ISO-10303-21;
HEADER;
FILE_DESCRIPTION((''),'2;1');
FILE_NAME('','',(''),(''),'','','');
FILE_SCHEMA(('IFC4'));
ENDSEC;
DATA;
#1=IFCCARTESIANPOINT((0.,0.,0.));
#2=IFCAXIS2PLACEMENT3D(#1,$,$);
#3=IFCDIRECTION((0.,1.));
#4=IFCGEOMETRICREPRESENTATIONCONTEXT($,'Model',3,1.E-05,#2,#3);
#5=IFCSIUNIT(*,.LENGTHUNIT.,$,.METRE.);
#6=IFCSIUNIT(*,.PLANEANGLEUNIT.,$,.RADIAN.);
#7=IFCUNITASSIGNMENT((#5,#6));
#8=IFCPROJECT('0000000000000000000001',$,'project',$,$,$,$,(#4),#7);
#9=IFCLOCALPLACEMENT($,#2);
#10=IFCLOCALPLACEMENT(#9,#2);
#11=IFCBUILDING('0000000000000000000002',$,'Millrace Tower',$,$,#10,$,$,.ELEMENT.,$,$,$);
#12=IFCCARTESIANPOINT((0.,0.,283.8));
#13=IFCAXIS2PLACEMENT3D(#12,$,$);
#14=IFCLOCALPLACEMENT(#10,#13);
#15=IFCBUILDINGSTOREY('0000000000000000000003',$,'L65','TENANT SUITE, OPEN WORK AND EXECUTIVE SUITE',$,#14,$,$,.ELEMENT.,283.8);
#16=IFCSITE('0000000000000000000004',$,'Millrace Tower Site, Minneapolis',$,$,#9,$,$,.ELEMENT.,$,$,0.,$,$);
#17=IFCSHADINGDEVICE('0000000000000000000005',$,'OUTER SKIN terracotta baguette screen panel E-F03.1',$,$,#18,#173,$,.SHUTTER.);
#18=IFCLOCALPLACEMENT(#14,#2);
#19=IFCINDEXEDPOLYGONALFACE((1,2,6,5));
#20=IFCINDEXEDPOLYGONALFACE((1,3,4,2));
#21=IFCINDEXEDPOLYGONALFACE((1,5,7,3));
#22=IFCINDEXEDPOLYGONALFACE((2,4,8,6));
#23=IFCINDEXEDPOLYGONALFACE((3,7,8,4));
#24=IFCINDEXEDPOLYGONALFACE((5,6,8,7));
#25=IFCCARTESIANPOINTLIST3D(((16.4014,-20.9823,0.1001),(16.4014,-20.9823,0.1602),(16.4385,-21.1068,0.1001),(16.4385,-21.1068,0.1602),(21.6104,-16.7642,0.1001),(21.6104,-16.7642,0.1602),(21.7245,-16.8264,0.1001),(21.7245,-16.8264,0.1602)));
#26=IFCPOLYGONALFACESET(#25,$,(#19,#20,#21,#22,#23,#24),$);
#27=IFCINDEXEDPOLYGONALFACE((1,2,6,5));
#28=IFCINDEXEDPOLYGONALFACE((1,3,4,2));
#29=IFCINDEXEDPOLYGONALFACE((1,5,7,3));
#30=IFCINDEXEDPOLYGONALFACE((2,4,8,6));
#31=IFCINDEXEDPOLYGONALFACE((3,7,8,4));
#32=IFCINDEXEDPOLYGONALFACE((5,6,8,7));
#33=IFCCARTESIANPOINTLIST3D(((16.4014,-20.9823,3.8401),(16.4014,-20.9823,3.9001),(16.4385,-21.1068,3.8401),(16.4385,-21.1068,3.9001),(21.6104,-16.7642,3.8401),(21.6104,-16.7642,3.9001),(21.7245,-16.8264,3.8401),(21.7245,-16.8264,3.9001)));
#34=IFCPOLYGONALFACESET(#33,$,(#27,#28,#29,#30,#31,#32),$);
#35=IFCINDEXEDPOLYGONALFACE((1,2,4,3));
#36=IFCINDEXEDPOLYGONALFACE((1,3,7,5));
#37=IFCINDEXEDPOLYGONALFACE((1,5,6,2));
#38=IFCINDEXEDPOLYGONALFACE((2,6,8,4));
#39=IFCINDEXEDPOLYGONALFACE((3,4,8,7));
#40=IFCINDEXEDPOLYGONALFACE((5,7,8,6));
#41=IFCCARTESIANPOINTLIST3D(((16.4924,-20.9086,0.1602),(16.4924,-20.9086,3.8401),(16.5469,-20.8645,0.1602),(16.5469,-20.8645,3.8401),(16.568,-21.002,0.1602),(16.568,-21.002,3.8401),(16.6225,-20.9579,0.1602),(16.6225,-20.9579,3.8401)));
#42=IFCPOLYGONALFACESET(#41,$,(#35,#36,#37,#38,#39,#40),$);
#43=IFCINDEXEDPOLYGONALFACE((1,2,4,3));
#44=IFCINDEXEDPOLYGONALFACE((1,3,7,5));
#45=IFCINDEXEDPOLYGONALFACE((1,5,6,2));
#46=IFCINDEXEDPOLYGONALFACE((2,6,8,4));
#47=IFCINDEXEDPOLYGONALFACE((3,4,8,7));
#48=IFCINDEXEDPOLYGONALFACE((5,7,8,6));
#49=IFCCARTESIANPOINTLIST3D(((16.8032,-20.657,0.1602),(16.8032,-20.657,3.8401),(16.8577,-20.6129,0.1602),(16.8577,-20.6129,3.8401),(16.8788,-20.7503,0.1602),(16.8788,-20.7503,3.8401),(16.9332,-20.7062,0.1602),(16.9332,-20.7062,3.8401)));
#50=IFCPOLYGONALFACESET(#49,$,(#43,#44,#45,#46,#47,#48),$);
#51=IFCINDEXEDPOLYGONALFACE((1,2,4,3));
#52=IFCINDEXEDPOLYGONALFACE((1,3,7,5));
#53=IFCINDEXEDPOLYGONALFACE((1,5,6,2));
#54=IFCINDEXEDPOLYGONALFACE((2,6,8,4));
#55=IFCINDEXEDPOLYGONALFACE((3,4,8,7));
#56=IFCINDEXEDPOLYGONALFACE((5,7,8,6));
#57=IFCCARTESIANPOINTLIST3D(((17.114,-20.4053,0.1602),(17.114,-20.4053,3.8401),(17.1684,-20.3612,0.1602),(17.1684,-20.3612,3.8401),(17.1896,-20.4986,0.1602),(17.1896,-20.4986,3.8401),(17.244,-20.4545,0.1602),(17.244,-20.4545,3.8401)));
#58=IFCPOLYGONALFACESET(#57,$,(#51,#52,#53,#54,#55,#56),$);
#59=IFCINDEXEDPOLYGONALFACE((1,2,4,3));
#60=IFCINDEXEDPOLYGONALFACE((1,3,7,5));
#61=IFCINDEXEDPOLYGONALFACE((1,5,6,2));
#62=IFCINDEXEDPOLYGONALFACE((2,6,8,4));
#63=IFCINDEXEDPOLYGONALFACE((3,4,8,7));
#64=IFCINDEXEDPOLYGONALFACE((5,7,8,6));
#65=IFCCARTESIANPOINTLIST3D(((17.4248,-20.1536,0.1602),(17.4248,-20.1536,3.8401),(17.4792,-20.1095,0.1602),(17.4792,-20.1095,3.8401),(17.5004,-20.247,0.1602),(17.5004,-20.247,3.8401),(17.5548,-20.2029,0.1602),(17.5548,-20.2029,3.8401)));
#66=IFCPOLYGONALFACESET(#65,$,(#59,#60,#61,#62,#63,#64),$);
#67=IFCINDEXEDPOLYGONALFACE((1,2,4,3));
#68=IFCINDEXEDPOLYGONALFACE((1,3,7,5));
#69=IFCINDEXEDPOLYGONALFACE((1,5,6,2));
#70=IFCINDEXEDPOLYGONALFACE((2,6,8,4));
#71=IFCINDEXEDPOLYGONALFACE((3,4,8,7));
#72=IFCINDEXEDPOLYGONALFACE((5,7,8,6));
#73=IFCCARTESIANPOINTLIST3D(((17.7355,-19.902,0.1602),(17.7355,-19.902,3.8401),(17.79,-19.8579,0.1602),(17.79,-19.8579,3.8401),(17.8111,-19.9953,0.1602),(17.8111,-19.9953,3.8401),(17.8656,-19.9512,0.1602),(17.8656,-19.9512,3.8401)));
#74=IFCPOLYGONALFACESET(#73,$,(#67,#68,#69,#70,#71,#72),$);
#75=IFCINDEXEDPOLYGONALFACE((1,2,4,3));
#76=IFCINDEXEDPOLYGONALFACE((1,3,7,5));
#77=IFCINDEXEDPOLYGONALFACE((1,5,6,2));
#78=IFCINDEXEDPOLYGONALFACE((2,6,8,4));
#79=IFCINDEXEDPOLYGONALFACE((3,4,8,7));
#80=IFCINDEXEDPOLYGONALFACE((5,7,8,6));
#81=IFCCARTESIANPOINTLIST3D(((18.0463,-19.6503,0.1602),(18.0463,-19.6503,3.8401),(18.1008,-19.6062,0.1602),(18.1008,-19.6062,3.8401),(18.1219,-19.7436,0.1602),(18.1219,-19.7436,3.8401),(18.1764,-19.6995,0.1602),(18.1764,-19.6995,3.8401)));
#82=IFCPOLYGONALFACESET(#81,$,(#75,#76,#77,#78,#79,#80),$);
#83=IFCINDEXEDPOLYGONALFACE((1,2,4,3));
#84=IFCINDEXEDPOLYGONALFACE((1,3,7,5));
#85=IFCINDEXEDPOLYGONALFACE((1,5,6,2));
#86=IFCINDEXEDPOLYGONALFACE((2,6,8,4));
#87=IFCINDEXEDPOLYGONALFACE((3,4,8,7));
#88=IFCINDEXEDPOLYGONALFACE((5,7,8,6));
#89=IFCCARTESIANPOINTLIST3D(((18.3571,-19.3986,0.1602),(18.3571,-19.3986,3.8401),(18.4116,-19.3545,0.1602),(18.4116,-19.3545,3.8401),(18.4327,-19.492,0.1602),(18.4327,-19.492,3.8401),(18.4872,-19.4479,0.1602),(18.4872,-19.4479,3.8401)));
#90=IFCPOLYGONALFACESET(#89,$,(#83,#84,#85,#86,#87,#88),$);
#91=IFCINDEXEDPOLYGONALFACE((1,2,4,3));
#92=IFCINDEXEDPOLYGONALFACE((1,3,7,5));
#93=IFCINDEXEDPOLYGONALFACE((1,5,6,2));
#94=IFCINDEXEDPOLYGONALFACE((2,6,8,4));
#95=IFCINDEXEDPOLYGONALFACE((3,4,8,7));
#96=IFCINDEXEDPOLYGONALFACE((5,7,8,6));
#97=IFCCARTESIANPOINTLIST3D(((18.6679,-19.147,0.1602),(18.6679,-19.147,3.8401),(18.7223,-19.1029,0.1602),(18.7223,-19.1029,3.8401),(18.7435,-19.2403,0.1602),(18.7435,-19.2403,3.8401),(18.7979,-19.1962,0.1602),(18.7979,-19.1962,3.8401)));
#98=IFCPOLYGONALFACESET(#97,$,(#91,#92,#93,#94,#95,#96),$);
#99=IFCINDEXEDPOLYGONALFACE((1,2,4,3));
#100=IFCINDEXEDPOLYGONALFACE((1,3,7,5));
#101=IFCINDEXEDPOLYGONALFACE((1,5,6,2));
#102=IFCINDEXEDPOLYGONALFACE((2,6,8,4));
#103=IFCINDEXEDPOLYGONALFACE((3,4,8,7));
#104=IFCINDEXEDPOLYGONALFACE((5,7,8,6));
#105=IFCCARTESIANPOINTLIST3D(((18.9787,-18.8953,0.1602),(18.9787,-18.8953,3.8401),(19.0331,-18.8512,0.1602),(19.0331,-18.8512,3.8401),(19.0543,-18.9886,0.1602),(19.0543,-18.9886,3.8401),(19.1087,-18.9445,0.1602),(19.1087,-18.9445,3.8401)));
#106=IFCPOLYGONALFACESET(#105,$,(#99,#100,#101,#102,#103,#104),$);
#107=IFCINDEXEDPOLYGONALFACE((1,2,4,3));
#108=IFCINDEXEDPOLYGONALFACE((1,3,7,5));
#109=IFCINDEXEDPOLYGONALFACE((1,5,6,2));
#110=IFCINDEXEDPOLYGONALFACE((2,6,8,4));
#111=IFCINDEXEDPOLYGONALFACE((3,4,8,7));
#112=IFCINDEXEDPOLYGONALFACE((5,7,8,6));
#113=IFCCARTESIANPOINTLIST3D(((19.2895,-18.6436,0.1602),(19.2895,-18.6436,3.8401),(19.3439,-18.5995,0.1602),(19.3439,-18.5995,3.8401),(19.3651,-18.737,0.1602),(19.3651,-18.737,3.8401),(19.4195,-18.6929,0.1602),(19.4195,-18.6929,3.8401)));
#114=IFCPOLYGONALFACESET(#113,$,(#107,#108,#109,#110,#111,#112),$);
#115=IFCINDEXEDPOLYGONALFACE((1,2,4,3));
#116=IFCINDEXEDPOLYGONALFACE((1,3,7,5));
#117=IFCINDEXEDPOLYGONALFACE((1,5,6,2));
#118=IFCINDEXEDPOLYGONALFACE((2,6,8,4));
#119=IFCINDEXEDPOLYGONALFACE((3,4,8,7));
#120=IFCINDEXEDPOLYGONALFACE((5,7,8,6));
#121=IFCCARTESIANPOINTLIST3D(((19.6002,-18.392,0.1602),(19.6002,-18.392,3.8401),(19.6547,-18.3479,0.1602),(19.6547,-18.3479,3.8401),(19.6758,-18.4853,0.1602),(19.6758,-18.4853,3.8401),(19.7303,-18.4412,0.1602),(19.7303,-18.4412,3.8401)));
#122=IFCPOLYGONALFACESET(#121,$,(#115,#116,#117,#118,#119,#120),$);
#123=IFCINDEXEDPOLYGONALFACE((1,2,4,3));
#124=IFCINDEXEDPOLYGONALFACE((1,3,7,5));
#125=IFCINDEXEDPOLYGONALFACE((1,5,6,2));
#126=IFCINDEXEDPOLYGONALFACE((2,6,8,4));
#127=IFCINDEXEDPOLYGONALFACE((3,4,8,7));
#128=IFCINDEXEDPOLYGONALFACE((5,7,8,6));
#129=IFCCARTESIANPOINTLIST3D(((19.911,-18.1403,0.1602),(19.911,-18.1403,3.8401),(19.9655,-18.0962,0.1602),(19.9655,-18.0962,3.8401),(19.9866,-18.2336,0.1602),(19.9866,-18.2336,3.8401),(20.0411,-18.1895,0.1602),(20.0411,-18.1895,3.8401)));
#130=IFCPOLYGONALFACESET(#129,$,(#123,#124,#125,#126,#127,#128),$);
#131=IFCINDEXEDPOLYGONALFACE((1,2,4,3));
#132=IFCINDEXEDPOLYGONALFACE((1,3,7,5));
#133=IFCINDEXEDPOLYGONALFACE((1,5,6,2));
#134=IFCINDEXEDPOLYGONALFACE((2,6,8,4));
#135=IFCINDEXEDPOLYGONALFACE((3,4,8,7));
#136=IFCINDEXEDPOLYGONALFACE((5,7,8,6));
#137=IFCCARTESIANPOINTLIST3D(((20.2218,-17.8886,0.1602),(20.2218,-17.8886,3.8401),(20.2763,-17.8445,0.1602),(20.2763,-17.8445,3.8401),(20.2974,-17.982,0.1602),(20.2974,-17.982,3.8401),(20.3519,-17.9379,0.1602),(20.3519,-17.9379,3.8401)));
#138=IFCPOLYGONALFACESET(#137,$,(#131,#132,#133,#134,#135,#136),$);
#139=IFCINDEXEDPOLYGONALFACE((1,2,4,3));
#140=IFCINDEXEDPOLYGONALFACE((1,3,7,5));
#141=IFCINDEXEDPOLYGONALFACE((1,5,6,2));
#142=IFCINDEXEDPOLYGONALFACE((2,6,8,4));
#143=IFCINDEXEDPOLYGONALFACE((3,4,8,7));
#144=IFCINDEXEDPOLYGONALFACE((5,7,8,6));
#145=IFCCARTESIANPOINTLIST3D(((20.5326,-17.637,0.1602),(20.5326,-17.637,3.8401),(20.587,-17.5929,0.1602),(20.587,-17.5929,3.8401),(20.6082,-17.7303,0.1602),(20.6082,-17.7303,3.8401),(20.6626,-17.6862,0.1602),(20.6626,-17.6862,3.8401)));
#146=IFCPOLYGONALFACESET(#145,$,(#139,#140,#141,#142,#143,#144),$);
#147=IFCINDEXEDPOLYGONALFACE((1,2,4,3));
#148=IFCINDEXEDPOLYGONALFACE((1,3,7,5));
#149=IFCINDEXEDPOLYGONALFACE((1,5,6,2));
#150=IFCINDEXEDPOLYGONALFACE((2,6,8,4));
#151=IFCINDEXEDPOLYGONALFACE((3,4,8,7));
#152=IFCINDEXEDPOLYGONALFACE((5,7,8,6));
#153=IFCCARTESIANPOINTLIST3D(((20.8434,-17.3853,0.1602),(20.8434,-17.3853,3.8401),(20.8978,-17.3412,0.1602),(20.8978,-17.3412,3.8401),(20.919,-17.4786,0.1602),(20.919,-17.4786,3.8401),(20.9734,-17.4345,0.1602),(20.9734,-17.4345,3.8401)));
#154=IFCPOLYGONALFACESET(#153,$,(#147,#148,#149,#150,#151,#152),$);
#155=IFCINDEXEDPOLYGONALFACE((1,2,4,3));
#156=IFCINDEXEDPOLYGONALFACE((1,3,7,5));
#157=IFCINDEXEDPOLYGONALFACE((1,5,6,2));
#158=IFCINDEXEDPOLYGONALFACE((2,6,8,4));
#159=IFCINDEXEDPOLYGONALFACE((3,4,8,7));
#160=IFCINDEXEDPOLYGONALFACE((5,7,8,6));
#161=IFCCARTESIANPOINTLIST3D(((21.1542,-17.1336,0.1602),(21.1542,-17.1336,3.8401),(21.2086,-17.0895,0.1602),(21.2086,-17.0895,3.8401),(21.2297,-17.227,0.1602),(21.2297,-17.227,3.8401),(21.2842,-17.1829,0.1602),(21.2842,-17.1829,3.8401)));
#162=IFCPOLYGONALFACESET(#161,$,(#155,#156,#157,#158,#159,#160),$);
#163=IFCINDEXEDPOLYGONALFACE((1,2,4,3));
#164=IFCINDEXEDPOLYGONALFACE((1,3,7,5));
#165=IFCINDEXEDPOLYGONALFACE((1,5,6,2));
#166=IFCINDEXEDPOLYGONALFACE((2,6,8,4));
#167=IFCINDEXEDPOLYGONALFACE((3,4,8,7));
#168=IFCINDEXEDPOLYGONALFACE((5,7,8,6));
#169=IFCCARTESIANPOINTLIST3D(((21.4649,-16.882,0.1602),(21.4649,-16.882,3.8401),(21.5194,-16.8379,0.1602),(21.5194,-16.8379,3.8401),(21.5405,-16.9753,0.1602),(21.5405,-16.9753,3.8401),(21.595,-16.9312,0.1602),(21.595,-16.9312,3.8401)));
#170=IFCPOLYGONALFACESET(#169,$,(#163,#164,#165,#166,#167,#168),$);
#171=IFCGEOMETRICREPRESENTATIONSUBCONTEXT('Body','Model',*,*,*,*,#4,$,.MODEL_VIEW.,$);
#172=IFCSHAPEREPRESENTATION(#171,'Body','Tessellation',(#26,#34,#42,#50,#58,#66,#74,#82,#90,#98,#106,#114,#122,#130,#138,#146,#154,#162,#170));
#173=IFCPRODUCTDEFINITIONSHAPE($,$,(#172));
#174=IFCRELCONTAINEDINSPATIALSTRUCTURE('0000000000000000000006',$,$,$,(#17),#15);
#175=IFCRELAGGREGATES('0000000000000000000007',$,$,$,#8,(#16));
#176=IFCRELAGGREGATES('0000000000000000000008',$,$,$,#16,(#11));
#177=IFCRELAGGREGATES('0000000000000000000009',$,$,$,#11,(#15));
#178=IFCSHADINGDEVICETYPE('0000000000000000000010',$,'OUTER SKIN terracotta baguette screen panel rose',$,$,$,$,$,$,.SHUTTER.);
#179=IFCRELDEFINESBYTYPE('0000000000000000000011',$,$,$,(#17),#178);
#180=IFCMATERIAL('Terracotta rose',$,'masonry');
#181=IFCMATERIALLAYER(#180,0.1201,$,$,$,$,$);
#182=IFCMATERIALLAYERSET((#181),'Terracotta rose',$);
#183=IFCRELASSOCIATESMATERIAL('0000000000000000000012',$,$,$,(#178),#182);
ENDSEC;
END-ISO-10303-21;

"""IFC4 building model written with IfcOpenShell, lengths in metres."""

from ifc_helpers import new_model, entity, si_unit, direction, frame, frame_2d, origin, origin_2d, place, context, subcontext, project, spatial, rectangle, extrude, source, transform, mapped, material, layer, layer_set, type_object, element, save


model = new_model("IFC4")

# Units and contexts
model_context = context("Model", 3, precision=1e-05, world=origin(), true_north=direction((0.0, 1.0)))
body_context = subcontext(model_context, "Body", "Model", "MODEL_VIEW")
ifc_project = project(units=[si_unit("LENGTHUNIT", "METRE"), si_unit("PLANEANGLEUNIT", "RADIAN")], contexts=[model_context])

# Site, building, storey
site_placement = place(None, origin())
site = spatial("IfcSite", under=ifc_project, at=site_placement, Name="Millrace Tower Site, Minneapolis", CompositionType="ELEMENT", RefElevation=0.0)
building_placement = place(site_placement, origin())
building = spatial("IfcBuilding", under=site, at=building_placement, Name="Millrace Tower", CompositionType="ELEMENT")
storey_placement = place(building_placement, frame((0.0, 0.0, 283.8)))
storey = spatial("IfcBuildingStorey", under=building, at=storey_placement, Name="L65", Description="TENANT SUITE, OPEN WORK AND EXECUTIVE SUITE", CompositionType="ELEMENT", Elevation=283.8)

# Shading device
ifc_material_1 = material(Name="Terracotta rose", Category="masonry")
ifc_layer_1 = layer(ifc_material_1, 0.1201)
ifc_layer_set_1 = layer_set([ifc_layer_1], Name="Terracotta rose")
shading_device_type = type_object("IfcShadingDeviceType", Name="OUTER SKIN terracotta baguette screen panel rose", PredefinedType="SHUTTER", material=ifc_layer_set_1)
cartesian_point_1 = entity("IfcCartesianPoint", [-3.3513, 0.0601])
shared_polyline_1 = entity("IfcPolyline", [cartesian_point_1, entity("IfcCartesianPoint", [3.3513, 0.0601]), entity("IfcCartesianPoint", [3.4009, -0.0601]), entity("IfcCartesianPoint", [-3.4009, -0.0601]), cartesian_point_1])
shared_shape_1 = source(origin(), body_context, "Body", "SweptSolid", [
    entity("IfcExtrudedAreaSolid", entity("IfcArbitraryClosedProfileDef", "AREA", None, shared_polyline_1), entity("IfcAxis2Placement3D", entity("IfcCartesianPoint", [0.0, 0.0, 0.0])), entity("IfcDirection", [0.0, 0.0, 1.0]), 0.0601),
    entity("IfcExtrudedAreaSolid", entity("IfcArbitraryClosedProfileDef", "AREA", None, shared_polyline_1), entity("IfcAxis2Placement3D", entity("IfcCartesianPoint", [0.0, 0.0, 3.74])), entity("IfcDirection", [0.0, 0.0, 1.0]), 0.0601),
    extrude(rectangle(XDim=0.0701, YDim=0.1201, at=frame_2d((-3.1992, 0.0))), frame((0.0, 0.0, 0.0601)), (0.0, 0.0, 1.0), 3.6799),
    extrude(rectangle(XDim=0.0701, YDim=0.1201, at=frame_2d((-2.7993, 0.0))), frame((0.0, 0.0, 0.0601)), (0.0, 0.0, 1.0), 3.6799),
    extrude(rectangle(XDim=0.0701, YDim=0.1201, at=frame_2d((-2.3994, 0.0))), frame((0.0, 0.0, 0.0601)), (0.0, 0.0, 1.0), 3.6799),
    extrude(rectangle(XDim=0.0701, YDim=0.1201, at=frame_2d((-1.9995, 0.0))), frame((0.0, 0.0, 0.0601)), (0.0, 0.0, 1.0), 3.6799),
    extrude(rectangle(XDim=0.0701, YDim=0.1201, at=frame_2d((-1.5996, 0.0))), frame((0.0, 0.0, 0.0601)), (0.0, 0.0, 1.0), 3.6799),
    extrude(rectangle(XDim=0.0701, YDim=0.1201, at=frame_2d((-1.1997, 0.0))), frame((0.0, 0.0, 0.0601)), (0.0, 0.0, 1.0), 3.6799),
    extrude(rectangle(XDim=0.0701, YDim=0.1201, at=frame_2d((-0.7998, 0.0))), frame((0.0, 0.0, 0.0601)), (0.0, 0.0, 1.0), 3.6799),
    extrude(rectangle(XDim=0.0701, YDim=0.1201, at=frame_2d((-0.3999, 0.0))), frame((0.0, 0.0, 0.0601)), (0.0, 0.0, 1.0), 3.6799),
    extrude(rectangle(XDim=0.0701, YDim=0.1201, at=origin_2d()), frame((0.0, 0.0, 0.0601)), (0.0, 0.0, 1.0), 3.6799),
    extrude(rectangle(XDim=0.0701, YDim=0.1201, at=frame_2d((0.3999, 0.0))), frame((0.0, 0.0, 0.0601)), (0.0, 0.0, 1.0), 3.6799),
    extrude(rectangle(XDim=0.0701, YDim=0.1201, at=frame_2d((0.7998, 0.0))), frame((0.0, 0.0, 0.0601)), (0.0, 0.0, 1.0), 3.6799),
    extrude(rectangle(XDim=0.0701, YDim=0.1201, at=frame_2d((1.1997, 0.0))), frame((0.0, 0.0, 0.0601)), (0.0, 0.0, 1.0), 3.6799),
    extrude(rectangle(XDim=0.0701, YDim=0.1201, at=frame_2d((1.5996, 0.0))), frame((0.0, 0.0, 0.0601)), (0.0, 0.0, 1.0), 3.6799),
    extrude(rectangle(XDim=0.0701, YDim=0.1201, at=frame_2d((1.9995, 0.0))), frame((0.0, 0.0, 0.0601)), (0.0, 0.0, 1.0), 3.6799),
    extrude(rectangle(XDim=0.0701, YDim=0.1201, at=frame_2d((2.3994, 0.0))), frame((0.0, 0.0, 0.0601)), (0.0, 0.0, 1.0), 3.6799),
    extrude(rectangle(XDim=0.0701, YDim=0.1201, at=frame_2d((2.7993, 0.0))), frame((0.0, 0.0, 0.0601)), (0.0, 0.0, 1.0), 3.6799),
    extrude(rectangle(XDim=0.0701, YDim=0.1201, at=frame_2d((3.1992, 0.0))), frame((0.0, 0.0, 0.0601)), (0.0, 0.0, 1.0), 3.6799),
])
shading_device_1_placement = place(storey_placement, frame((19.0437, -18.9199, 0.1001), z_axis=(0.0, 0.0, 1.0), x_axis=(0.777146, 0.62932, 0.0)))
element("IfcShadingDevice", 1, at=shading_device_1_placement, inside=storey, type_object=shading_device_type, Name="OUTER SKIN terracotta baguette screen panel E-F03.1", PredefinedType="SHUTTER", context=body_context, shape_type="MappedRepresentation", body=[
    mapped(shared_shape_1, transform((0.0, 0.0, 0.0), scale=1.0)),
])

save(model, "model.ifc")
